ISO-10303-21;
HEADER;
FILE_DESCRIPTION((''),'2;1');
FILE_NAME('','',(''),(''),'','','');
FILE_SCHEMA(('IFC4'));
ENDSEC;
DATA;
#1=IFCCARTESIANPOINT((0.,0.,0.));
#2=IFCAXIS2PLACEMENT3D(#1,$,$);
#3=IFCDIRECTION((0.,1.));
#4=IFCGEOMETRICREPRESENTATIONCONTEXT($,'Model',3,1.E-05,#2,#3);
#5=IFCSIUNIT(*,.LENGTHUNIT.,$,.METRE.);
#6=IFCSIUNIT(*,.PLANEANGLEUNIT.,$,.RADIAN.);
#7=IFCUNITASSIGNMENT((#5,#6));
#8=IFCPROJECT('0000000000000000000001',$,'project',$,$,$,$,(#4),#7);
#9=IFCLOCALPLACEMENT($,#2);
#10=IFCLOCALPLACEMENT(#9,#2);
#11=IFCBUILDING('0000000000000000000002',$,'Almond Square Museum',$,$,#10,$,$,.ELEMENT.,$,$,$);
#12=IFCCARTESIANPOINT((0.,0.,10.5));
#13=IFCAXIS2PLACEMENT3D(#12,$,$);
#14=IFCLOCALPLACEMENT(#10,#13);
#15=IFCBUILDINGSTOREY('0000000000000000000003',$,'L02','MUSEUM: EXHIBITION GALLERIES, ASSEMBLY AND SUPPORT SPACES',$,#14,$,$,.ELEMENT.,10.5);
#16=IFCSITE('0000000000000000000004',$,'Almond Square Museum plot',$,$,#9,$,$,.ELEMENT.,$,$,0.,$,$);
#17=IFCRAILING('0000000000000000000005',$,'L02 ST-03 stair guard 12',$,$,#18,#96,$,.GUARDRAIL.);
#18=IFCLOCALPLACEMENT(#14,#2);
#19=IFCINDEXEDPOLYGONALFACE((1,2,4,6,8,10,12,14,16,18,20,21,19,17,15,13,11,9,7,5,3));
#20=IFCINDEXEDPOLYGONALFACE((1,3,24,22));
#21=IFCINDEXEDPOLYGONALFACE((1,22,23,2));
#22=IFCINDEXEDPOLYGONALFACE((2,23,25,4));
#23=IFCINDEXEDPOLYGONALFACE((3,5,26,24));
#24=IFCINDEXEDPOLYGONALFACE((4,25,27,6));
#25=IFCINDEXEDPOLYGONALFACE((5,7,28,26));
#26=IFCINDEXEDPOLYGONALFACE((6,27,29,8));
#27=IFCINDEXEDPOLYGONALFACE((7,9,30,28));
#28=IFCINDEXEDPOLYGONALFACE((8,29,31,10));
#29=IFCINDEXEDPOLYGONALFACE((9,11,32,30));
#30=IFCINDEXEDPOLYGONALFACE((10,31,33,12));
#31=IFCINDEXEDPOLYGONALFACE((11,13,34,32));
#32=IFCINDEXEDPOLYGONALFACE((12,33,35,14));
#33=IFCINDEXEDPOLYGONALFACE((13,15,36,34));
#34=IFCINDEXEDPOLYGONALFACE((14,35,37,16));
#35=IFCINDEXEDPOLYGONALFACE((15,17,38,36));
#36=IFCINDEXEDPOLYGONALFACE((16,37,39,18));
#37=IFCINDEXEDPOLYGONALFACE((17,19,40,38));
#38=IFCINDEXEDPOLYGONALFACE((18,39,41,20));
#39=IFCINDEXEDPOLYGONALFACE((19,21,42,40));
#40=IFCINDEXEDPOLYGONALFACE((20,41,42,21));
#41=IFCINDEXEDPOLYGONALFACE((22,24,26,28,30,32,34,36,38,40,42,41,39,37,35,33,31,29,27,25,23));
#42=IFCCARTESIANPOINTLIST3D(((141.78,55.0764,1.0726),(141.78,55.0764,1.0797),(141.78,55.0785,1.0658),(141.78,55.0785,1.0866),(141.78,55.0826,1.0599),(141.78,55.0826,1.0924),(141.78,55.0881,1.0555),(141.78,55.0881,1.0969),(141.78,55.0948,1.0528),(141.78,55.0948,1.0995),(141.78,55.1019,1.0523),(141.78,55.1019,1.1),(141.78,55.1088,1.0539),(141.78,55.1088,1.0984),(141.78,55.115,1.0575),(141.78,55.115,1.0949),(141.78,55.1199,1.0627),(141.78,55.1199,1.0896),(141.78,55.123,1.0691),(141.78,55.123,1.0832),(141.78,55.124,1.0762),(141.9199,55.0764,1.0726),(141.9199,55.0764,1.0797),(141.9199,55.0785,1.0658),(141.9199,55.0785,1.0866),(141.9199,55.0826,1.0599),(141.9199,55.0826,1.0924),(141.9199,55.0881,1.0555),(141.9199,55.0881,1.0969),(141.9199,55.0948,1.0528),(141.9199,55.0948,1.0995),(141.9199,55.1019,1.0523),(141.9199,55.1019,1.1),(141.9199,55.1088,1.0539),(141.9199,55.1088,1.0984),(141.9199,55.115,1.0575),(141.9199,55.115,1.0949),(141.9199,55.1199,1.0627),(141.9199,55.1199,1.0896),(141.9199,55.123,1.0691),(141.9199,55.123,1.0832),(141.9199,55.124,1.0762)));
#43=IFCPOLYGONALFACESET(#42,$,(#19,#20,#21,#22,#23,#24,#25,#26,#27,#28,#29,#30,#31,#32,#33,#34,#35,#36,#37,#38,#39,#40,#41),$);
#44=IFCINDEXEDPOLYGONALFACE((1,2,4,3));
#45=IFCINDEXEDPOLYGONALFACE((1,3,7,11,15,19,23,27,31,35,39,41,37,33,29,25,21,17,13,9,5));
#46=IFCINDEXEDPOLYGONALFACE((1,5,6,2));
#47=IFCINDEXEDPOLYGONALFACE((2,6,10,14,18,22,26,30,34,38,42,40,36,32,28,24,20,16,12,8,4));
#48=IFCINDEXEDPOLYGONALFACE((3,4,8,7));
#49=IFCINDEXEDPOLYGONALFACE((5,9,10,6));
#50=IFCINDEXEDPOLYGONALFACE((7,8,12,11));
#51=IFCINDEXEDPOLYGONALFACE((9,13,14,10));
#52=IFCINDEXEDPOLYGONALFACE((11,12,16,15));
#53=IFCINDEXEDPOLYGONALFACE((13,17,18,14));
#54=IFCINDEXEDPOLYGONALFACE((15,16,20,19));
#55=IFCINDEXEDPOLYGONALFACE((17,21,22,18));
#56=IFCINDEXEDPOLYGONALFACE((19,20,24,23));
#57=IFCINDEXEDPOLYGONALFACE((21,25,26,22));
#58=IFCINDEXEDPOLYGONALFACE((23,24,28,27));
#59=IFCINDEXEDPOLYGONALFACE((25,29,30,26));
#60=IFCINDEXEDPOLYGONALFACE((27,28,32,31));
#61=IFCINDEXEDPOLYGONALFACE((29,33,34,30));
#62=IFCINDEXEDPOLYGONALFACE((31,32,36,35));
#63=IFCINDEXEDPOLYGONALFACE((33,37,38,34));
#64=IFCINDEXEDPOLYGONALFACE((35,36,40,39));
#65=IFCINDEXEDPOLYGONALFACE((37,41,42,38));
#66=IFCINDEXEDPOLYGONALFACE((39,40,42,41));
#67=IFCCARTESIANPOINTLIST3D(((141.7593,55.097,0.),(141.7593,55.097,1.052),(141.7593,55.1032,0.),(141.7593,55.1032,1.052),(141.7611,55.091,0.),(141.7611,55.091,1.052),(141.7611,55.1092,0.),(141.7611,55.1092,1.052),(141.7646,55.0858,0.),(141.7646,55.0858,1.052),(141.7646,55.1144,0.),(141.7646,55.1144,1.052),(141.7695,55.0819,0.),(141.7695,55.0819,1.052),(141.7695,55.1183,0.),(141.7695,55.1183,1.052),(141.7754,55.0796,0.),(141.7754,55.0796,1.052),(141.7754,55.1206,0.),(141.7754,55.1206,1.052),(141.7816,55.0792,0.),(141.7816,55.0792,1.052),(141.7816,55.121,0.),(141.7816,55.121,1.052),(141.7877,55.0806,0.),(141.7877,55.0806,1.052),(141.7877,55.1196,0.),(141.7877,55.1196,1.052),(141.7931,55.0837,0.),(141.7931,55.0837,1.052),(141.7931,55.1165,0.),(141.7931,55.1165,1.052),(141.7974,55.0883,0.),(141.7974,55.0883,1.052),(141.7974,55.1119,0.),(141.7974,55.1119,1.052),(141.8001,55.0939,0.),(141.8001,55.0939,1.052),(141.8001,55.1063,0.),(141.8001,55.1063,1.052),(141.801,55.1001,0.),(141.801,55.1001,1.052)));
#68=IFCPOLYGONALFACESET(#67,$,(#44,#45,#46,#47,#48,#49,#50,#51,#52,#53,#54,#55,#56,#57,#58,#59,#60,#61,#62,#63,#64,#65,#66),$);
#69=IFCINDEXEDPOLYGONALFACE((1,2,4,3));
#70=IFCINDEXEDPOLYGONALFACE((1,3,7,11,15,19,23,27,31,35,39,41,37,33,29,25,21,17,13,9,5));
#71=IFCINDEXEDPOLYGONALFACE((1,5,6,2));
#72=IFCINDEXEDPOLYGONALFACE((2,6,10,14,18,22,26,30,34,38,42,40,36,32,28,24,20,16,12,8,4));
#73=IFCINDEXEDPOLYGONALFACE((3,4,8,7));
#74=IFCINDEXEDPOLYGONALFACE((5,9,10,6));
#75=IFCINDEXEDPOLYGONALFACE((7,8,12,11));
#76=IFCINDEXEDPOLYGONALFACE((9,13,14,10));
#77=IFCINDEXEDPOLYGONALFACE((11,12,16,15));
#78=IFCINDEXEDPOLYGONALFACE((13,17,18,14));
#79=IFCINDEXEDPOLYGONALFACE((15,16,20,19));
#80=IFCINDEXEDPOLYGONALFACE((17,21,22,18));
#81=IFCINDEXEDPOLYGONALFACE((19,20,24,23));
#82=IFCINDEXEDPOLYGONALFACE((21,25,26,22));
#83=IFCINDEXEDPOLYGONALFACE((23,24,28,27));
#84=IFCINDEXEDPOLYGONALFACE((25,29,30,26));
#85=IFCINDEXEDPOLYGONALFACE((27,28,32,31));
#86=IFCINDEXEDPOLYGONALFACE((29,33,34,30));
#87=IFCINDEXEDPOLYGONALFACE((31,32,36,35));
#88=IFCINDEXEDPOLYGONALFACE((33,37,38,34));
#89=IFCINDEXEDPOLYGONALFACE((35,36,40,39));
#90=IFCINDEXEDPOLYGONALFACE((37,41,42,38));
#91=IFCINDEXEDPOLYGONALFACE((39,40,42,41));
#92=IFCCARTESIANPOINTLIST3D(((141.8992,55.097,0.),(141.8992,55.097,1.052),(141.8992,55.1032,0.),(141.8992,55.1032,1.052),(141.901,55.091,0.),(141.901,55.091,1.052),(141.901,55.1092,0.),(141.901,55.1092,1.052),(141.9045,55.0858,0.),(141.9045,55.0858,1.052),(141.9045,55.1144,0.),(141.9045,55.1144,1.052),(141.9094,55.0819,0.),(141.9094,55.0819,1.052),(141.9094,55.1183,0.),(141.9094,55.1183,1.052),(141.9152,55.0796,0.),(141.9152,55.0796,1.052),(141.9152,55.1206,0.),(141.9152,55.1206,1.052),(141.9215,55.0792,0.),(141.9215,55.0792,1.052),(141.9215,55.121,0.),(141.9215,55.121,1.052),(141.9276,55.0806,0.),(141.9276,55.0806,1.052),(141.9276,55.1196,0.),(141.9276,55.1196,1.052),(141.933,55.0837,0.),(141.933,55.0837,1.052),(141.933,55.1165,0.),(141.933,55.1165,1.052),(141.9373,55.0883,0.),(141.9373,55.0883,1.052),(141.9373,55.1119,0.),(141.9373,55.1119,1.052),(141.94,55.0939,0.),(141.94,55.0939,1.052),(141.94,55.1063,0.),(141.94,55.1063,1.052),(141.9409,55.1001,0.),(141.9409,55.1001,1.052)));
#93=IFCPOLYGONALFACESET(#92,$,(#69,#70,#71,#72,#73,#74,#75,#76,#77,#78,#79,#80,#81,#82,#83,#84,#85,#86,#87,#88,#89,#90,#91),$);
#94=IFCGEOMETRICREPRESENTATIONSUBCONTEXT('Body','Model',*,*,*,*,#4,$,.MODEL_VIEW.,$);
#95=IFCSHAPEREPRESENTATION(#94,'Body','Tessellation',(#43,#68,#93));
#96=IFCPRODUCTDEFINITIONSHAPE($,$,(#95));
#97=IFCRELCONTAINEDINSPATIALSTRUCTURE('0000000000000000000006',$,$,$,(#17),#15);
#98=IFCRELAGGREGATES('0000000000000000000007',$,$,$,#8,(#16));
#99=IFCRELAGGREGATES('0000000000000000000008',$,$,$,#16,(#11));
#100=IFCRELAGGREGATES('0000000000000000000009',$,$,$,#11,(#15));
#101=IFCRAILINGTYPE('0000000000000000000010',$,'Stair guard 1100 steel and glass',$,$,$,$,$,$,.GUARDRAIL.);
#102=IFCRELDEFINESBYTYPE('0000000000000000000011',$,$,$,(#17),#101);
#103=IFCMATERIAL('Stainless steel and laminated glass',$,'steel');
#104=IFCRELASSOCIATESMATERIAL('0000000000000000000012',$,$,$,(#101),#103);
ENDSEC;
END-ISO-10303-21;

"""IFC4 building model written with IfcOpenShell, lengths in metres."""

from ifc_helpers import new_model, si_unit, direction, frame, origin, origin_2d, place, context, subcontext, project, spatial, circle, extrude, material, type_object, element, save


model = new_model("IFC4")

# Units and contexts
model_context = context("Model", 3, precision=1e-05, world=origin(), true_north=direction((0.0, 1.0)))
body_context = subcontext(model_context, "Body", "Model", "MODEL_VIEW")
ifc_project = project(units=[si_unit("LENGTHUNIT", "METRE"), si_unit("PLANEANGLEUNIT", "RADIAN")], contexts=[model_context])

# Site, building, storey
site_placement = place(None, origin())
site = spatial("IfcSite", under=ifc_project, at=site_placement, Name="Almond Square Museum plot", CompositionType="ELEMENT", RefElevation=0.0)
building_placement = place(site_placement, origin())
building = spatial("IfcBuilding", under=site, at=building_placement, Name="Almond Square Museum", CompositionType="ELEMENT")
storey_placement = place(building_placement, frame((0.0, 0.0, 10.5)))
storey = spatial("IfcBuildingStorey", under=building, at=storey_placement, Name="L02", Description="MUSEUM: EXHIBITION GALLERIES, ASSEMBLY AND SUPPORT SPACES", CompositionType="ELEMENT", Elevation=10.5)

# Railing
ifc_material_1 = material(Name="Stainless steel and laminated glass", Category="steel")
railing_type_1 = type_object("IfcRailingType", Name="Stair guard 1100 steel and glass", PredefinedType="GUARDRAIL", material=ifc_material_1)
railing_1_placement = place(storey_placement, frame((141.78, 55.1001, 0.0)))
element("IfcRailing", 1, at=railing_1_placement, inside=storey, type_object=railing_type_1, Name="L02 ST-03 stair guard 12", PredefinedType="GUARDRAIL", context=body_context, shape_type="SweptSolid", body=[
    extrude(circle(Radius=0.0239, at=origin_2d()), frame((0.0, 0.0, 1.0762), z_axis=(1.0, 0.0, 0.0), x_axis=(0.0, 1.0, 0.0)), (0.0, 0.0, 1.0), 0.1399),
    extrude(circle(Radius=0.021, at=origin_2d()), origin(), (0.0, 0.0, 1.0), 1.052),
    extrude(circle(Radius=0.021, at=origin_2d()), frame((0.1399, 0.0, 0.0)), (0.0, 0.0, 1.0), 1.052),
])

save(model, "model.ifc")
